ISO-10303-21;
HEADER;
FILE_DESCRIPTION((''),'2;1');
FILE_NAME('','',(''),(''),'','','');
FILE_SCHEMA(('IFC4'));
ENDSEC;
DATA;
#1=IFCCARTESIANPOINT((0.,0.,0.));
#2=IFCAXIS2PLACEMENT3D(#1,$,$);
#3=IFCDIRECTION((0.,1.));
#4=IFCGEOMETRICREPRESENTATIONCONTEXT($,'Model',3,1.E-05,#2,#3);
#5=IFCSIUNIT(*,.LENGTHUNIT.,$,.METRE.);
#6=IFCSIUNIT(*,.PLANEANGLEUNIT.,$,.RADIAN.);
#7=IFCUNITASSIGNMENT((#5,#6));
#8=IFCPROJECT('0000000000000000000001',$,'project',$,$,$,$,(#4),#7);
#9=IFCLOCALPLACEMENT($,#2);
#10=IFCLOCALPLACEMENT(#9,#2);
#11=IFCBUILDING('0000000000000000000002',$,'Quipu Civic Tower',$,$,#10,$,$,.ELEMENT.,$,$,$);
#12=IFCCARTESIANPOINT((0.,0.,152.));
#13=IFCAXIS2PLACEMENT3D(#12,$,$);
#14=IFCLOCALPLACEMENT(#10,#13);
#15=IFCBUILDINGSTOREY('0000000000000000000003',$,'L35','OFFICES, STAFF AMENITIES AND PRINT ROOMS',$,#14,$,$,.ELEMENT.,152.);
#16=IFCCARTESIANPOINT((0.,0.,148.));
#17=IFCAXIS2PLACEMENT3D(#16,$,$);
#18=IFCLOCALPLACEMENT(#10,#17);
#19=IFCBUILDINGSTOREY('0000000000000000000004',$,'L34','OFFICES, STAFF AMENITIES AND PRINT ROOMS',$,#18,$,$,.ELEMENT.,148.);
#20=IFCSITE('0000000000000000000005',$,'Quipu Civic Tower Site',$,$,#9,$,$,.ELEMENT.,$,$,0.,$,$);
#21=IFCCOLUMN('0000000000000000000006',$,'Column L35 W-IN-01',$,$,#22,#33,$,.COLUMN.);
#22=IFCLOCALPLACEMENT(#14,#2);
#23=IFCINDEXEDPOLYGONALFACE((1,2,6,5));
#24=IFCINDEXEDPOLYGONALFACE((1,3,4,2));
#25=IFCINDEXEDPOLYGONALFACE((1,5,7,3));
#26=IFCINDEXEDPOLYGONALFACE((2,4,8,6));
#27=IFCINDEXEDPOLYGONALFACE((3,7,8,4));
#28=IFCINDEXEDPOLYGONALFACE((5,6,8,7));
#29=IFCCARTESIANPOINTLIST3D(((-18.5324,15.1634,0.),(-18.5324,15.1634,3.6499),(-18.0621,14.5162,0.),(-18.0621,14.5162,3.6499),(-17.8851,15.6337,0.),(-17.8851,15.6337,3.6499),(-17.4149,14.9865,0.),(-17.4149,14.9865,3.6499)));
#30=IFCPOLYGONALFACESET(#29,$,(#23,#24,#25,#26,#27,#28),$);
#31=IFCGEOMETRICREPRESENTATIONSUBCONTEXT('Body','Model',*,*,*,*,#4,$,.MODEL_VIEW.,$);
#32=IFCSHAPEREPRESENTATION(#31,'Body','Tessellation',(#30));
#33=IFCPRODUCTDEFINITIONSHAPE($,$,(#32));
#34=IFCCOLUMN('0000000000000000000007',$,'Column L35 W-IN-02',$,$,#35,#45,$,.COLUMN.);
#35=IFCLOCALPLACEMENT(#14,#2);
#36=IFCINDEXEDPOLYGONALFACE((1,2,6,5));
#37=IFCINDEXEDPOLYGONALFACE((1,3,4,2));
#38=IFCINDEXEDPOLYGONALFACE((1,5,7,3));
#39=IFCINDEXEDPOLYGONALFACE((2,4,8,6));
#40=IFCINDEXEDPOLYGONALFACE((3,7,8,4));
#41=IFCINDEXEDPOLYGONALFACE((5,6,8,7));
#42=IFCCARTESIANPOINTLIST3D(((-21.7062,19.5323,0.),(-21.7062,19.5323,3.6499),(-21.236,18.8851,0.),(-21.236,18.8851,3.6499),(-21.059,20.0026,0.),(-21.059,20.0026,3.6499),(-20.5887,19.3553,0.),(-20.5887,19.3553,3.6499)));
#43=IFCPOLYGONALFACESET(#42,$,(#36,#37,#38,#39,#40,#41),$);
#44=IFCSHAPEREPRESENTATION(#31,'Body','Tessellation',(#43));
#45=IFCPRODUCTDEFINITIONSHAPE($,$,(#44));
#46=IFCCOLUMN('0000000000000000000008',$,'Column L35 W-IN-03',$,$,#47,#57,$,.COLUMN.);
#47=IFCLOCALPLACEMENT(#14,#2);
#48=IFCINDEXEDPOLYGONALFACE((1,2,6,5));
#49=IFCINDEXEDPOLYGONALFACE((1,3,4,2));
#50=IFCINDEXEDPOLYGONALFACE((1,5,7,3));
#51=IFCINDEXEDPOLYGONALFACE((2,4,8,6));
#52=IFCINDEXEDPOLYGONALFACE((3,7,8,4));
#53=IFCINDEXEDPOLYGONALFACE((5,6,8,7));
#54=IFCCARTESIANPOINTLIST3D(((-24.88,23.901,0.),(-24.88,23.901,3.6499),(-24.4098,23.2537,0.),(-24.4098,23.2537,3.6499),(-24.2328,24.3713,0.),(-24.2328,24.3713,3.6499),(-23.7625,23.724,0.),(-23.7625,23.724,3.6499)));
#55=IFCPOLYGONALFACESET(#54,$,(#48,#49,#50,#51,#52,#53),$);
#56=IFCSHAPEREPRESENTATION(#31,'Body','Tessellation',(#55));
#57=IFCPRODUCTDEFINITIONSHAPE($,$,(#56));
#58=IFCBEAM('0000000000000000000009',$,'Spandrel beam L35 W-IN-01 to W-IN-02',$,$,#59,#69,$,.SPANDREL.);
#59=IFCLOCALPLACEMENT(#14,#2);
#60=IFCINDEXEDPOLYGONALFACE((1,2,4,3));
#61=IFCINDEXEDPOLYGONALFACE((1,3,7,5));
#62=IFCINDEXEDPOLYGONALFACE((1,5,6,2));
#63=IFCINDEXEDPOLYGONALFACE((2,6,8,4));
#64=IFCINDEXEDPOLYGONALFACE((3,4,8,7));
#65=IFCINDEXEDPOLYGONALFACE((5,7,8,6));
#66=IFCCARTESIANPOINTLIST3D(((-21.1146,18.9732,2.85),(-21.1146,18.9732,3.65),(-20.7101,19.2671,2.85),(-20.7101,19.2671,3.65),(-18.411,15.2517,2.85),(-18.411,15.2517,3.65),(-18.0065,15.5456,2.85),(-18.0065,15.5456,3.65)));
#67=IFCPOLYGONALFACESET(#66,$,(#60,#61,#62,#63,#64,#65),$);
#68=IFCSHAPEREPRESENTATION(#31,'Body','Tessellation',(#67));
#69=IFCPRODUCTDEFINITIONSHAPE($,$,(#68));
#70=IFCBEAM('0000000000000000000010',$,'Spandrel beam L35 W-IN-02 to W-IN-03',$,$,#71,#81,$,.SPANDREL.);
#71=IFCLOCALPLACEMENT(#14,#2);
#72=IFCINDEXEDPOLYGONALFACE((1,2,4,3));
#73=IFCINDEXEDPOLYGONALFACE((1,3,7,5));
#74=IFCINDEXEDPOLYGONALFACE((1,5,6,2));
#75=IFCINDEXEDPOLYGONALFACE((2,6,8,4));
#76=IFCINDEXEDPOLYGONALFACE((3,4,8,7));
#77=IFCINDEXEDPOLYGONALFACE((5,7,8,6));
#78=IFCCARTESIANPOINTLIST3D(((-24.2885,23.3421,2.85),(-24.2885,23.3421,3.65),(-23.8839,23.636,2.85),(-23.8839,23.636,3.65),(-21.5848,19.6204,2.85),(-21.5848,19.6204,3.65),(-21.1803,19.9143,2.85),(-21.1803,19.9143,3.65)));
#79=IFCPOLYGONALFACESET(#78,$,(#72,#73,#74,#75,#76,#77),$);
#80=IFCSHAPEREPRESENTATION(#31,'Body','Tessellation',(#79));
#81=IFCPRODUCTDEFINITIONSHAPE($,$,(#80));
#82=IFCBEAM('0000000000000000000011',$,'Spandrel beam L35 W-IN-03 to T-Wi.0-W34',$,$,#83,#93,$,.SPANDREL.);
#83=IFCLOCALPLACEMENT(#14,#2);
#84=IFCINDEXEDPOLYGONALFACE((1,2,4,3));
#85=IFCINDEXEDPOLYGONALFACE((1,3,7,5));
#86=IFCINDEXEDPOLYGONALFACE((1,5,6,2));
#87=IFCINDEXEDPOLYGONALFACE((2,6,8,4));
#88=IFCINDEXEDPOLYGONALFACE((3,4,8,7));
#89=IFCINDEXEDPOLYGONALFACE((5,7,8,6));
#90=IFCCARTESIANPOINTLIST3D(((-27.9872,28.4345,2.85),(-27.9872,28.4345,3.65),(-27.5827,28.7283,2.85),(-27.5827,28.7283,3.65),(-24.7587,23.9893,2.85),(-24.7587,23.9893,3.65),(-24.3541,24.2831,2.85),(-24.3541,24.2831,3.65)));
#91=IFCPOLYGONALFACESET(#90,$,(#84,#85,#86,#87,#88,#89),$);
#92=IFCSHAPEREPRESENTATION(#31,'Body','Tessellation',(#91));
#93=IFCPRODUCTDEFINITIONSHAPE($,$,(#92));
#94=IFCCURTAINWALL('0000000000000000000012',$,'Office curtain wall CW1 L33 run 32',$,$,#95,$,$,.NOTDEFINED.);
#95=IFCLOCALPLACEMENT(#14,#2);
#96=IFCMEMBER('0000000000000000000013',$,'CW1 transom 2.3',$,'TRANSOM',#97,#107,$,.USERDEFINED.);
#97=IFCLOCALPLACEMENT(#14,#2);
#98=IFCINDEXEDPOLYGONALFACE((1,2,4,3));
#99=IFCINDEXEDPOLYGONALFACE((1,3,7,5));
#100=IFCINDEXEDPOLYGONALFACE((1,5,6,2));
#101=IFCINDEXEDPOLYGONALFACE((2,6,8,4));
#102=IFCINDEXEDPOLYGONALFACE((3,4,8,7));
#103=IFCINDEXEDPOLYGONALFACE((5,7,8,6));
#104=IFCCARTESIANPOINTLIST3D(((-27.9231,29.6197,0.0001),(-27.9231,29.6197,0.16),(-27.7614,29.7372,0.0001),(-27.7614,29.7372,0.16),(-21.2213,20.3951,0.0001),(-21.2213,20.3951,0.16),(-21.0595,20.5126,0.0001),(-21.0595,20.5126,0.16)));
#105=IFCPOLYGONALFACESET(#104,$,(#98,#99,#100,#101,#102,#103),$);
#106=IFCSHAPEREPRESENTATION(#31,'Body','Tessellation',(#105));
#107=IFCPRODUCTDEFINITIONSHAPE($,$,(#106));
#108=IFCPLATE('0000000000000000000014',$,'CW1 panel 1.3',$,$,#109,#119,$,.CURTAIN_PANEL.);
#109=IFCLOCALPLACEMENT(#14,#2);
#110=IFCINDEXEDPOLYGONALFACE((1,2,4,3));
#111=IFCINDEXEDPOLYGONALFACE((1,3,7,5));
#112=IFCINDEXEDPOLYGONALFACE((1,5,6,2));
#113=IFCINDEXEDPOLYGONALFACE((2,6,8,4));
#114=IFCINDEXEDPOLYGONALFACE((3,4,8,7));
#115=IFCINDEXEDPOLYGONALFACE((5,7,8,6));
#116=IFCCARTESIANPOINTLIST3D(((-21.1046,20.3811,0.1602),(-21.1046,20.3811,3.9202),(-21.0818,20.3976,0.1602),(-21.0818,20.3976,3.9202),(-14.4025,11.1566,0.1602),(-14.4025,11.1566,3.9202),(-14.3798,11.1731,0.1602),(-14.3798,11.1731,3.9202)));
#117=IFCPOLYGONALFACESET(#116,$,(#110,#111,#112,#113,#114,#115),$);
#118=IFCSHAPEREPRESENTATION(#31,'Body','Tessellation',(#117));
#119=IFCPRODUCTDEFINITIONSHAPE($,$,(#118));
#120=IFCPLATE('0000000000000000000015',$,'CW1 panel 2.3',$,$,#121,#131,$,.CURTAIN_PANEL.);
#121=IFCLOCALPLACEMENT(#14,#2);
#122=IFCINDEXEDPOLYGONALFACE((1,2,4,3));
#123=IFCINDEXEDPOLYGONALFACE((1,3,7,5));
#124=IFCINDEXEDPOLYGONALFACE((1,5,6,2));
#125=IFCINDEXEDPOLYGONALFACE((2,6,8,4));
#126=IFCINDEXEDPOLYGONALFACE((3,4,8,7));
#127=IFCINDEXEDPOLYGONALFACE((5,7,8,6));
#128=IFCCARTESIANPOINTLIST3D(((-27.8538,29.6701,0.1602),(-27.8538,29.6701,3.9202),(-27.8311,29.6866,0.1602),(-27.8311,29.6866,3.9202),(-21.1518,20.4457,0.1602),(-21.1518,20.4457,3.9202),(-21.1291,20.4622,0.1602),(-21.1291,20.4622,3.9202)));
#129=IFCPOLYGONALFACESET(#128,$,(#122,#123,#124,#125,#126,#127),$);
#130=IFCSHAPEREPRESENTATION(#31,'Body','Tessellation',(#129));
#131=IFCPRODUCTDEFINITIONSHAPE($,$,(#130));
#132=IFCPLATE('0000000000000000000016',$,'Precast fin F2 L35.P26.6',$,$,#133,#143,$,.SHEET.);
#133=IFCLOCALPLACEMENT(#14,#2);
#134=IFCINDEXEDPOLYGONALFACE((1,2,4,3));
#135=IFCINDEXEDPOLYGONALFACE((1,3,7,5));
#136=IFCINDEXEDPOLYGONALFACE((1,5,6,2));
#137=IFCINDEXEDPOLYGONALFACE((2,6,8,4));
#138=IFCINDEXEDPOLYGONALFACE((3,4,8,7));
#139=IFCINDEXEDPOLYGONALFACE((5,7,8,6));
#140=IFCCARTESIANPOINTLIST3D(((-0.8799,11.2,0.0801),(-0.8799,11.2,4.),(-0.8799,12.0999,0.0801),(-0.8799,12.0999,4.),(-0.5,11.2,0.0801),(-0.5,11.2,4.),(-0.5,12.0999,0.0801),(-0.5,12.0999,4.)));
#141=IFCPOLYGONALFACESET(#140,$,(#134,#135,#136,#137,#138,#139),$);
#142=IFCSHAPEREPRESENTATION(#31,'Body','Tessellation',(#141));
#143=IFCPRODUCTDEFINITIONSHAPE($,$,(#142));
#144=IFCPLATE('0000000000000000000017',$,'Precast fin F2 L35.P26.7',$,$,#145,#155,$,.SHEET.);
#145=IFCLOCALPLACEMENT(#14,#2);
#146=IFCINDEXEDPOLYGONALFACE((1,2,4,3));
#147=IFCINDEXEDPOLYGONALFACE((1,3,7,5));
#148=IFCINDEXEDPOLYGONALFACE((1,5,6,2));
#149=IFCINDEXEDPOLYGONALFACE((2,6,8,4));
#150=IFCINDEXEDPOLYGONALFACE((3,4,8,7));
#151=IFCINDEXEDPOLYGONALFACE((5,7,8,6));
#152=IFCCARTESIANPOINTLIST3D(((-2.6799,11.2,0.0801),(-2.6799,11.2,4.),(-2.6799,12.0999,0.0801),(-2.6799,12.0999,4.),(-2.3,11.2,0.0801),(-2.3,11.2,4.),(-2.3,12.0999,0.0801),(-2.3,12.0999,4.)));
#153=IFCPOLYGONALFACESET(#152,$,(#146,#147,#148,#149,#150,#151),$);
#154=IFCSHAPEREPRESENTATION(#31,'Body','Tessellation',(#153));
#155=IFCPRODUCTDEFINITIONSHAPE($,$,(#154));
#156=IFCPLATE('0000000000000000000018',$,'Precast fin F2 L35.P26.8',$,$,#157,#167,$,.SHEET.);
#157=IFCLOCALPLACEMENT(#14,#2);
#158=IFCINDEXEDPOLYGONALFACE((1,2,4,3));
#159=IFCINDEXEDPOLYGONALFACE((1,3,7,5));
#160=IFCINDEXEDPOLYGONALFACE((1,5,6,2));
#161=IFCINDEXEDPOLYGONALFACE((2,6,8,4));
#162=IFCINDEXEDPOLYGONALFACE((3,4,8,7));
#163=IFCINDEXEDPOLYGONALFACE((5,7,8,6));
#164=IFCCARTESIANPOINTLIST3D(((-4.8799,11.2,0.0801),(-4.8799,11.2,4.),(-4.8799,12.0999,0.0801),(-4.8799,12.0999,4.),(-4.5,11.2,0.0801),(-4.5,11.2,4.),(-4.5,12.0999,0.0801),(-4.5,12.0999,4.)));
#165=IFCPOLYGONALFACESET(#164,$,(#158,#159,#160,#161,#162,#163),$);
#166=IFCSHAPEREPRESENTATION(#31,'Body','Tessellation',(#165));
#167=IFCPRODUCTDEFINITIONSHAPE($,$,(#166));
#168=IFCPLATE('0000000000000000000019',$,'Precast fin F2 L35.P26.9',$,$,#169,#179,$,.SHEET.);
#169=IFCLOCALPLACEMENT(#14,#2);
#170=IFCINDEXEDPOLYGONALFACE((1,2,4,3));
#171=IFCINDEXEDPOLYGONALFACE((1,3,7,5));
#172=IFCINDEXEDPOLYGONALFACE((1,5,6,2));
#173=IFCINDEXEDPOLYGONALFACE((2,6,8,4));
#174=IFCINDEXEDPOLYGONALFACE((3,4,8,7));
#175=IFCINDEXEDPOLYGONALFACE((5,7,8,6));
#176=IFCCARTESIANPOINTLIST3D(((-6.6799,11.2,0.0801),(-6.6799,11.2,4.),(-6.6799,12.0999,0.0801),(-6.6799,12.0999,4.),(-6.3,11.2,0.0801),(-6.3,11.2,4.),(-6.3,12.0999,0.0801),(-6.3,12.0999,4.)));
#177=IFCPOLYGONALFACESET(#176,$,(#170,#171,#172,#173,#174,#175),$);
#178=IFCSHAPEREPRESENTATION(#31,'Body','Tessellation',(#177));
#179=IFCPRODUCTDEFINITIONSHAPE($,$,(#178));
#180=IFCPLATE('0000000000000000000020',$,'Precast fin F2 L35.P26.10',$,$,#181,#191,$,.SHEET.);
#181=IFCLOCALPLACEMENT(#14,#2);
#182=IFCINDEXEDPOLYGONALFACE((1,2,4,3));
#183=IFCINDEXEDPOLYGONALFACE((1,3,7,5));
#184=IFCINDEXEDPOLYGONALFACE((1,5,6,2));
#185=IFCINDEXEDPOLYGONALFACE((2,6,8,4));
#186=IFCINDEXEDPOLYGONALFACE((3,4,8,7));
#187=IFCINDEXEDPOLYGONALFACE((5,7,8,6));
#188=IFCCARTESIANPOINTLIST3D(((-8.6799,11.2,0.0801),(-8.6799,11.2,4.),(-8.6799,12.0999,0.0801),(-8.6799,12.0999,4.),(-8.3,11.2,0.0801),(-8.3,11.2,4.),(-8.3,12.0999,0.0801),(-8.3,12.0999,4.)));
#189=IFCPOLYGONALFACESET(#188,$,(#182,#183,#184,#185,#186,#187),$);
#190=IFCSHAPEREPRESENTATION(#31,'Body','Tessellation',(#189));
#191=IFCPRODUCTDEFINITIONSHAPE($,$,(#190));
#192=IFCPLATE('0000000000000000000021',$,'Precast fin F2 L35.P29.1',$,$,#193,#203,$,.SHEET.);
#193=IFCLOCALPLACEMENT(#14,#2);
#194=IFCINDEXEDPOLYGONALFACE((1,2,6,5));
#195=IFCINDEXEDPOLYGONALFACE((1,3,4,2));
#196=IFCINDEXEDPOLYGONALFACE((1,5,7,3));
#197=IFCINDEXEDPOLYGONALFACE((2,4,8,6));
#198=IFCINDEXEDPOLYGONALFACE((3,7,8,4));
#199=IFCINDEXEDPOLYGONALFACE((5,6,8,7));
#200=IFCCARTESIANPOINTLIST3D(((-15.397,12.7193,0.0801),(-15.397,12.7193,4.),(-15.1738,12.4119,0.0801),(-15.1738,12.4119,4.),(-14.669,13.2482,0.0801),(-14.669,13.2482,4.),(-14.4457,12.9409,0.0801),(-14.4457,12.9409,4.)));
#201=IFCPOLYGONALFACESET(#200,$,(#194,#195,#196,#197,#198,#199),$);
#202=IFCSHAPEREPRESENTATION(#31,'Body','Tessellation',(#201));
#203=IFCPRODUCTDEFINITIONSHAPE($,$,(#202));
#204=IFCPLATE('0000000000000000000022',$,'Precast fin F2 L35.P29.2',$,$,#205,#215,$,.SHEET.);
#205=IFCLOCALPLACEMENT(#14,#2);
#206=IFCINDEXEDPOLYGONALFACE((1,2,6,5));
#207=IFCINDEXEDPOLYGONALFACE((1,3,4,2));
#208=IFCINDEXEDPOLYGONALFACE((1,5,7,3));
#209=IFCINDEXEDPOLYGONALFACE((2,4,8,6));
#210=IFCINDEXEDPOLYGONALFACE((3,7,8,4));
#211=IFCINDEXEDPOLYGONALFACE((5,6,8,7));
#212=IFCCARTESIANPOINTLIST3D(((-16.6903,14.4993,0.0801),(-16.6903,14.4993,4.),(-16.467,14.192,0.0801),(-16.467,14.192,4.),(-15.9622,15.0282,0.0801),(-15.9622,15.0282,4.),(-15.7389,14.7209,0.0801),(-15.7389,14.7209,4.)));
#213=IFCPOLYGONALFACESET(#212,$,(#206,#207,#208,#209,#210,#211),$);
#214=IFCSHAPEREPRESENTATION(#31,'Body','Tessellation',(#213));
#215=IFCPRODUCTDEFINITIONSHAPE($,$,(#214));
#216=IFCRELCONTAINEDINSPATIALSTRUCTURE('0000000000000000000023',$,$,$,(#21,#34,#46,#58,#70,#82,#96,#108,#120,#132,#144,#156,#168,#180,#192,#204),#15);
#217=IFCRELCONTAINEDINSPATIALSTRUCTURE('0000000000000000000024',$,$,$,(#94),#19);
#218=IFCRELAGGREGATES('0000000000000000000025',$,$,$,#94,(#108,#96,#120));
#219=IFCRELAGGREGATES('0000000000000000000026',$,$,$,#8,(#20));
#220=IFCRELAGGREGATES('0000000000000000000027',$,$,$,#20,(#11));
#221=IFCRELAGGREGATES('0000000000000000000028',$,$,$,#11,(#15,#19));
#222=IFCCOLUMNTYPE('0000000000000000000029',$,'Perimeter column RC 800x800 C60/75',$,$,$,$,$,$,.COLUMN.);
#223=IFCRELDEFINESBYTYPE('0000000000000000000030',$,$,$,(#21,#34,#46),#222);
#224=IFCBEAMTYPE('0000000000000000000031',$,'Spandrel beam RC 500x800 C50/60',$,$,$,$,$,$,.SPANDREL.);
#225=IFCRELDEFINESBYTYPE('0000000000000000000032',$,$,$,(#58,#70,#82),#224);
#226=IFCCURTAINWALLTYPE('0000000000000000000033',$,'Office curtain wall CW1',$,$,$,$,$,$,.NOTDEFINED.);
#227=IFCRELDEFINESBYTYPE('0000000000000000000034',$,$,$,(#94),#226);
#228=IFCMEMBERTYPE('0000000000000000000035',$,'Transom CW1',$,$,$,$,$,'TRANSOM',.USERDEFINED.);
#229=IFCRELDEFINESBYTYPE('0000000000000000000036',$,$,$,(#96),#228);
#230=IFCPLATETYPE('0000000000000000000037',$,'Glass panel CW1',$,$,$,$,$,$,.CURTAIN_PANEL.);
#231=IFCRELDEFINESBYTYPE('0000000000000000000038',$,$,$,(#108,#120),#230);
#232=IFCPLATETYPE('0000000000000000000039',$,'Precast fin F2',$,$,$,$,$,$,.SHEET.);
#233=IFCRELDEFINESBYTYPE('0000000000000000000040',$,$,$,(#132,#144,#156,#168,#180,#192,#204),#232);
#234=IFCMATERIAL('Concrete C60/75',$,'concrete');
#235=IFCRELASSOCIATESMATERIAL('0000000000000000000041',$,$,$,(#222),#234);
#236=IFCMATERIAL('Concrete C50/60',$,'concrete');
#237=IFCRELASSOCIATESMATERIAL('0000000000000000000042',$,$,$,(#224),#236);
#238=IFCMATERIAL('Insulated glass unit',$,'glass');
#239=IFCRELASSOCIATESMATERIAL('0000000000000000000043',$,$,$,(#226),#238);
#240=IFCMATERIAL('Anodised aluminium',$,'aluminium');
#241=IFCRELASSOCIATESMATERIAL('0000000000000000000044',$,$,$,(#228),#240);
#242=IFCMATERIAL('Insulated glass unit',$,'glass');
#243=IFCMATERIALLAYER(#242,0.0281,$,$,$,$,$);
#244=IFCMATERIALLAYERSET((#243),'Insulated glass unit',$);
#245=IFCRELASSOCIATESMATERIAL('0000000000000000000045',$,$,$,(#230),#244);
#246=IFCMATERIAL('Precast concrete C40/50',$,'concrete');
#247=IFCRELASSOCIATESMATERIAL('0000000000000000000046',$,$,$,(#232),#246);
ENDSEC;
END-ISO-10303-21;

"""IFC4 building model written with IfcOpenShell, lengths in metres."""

from ifc_helpers import new_model, si_unit, direction, frame, origin, origin_2d, place, context, subcontext, project, spatial, rectangle, extrude, material, layer, layer_set, material_profile, profile_set, type_object, element, aggregate, save


model = new_model("IFC4")

# Units and contexts
model_context = context("Model", 3, precision=1e-05, world=origin(), true_north=direction((0.0, 1.0)))
body_context = subcontext(model_context, "Body", "Model", "MODEL_VIEW")
ifc_project = project(units=[si_unit("LENGTHUNIT", "METRE"), si_unit("PLANEANGLEUNIT", "RADIAN")], contexts=[model_context])

# Site, building, storey
site_placement = place(None, origin())
site = spatial("IfcSite", under=ifc_project, at=site_placement, Name="Quipu Civic Tower Site", CompositionType="ELEMENT", RefElevation=0.0)
building_placement = place(site_placement, origin())
building = spatial("IfcBuilding", under=site, at=building_placement, Name="Quipu Civic Tower", CompositionType="ELEMENT")
storey_1_placement = place(building_placement, frame((0.0, 0.0, 152.0)))
storey_1 = spatial("IfcBuildingStorey", under=building, at=storey_1_placement, Name="L35", Description="OFFICES, STAFF AMENITIES AND PRINT ROOMS", CompositionType="ELEMENT", Elevation=152.0)

# Columns
ifc_material_1 = material(Name="Concrete C60/75", Category="concrete")
ifc_material_profile_1 = material_profile(ifc_material_1, rectangle(XDim=0.8, YDim=0.8, at=origin_2d()), Name="RC800x800")
ifc_profile_set_1 = profile_set([ifc_material_profile_1], Name="Concrete C60/75")
column_type = type_object("IfcColumnType", Name="Perimeter column RC 800x800 C60/75", PredefinedType="COLUMN", material=ifc_profile_set_1)
for number, where, z_axis, x_axis, name in (
    (1, (-17.9736, 15.075, 0.0), (0.0, 0.0, 1.0), (-0.587785, 0.809017, 0.0), "Column L35 W-IN-01"),
    (2, (-21.1475, 19.4438, 0.0), (0.0, 0.0, 1.0), (-0.587785, 0.809017, 0.0), "Column L35 W-IN-02"),
    (3, (-24.3213, 23.8125, 0.0), (0.0, 0.0, 1.0), (-0.587785, 0.809017, 0.0), "Column L35 W-IN-03"),
):
    element("IfcColumn", number, at=place(storey_1_placement, frame(where, z_axis=z_axis, x_axis=x_axis)), inside=storey_1, type_object=column_type, Name=name, PredefinedType="COLUMN", context=body_context, shape_type="SweptSolid", body=[
        extrude(rectangle(XDim=0.8, YDim=0.8, at=origin_2d()), origin(), (0.0, 0.0, 1.0), 3.6499),
    ])

# Beams
ifc_material_2 = material(Name="Concrete C50/60", Category="concrete")
ifc_material_profile_2 = material_profile(ifc_material_2, rectangle(XDim=0.5, YDim=0.8, at=origin_2d()), Name="RC500x800")
ifc_profile_set_2 = profile_set([ifc_material_profile_2], Name="Concrete C50/60")
beam_type = type_object("IfcBeamType", Name="Spandrel beam RC 500x800 C50/60", PredefinedType="SPANDREL", material=ifc_profile_set_2)
beam_1_placement = place(storey_1_placement, frame((-18.2087, 15.3987, 3.25), z_axis=(-0.587761, 0.809034, 0.0), x_axis=(-0.809034, -0.587761, 0.0)))
element("IfcBeam", 4, at=beam_1_placement, inside=storey_1, type_object=beam_type, Name="Spandrel beam L35 W-IN-01 to W-IN-02", PredefinedType="SPANDREL", context=body_context, shape_type="SweptSolid", body=[
    extrude(rectangle(XDim=0.5, YDim=0.8, at=origin_2d()), origin(), (0.0, 0.0, 1.0), 4.5999),
])
beam_2_placement = place(storey_1_placement, frame((-21.3826, 19.7673, 3.25), z_axis=(-0.587736, 0.809053, 0.0), x_axis=(-0.809053, -0.587736, 0.0)))
element("IfcBeam", 5, at=beam_2_placement, inside=storey_1, type_object=beam_type, Name="Spandrel beam L35 W-IN-02 to W-IN-03", PredefinedType="SPANDREL", context=body_context, shape_type="SweptSolid", body=[
    extrude(rectangle(XDim=0.5, YDim=0.8, at=origin_2d()), origin(), (0.0, 0.0, 1.0), 4.6001),
])
beam_3_placement = place(storey_1_placement, frame((-24.5564, 24.1362, 3.25), z_axis=(-0.587664, 0.809105, 0.0), x_axis=(-0.809105, -0.587664, 0.0)))
element("IfcBeam", 6, at=beam_3_placement, inside=storey_1, type_object=beam_type, Name="Spandrel beam L35 W-IN-03 to T-Wi.0-W34", PredefinedType="SPANDREL", context=body_context, shape_type="SweptSolid", body=[
    extrude(rectangle(XDim=0.5, YDim=0.8, at=origin_2d()), origin(), (0.0, 0.0, 1.0), 5.4939),
])

# Shared definitions
storey_2_placement = place(building_placement, frame((0.0, 0.0, 148.0)))
storey_2 = spatial("IfcBuildingStorey", under=building, at=storey_2_placement, Name="L34", Description="OFFICES, STAFF AMENITIES AND PRINT ROOMS", CompositionType="ELEMENT", Elevation=148.0)

# Curtain wall, member, plates
ifc_material_3 = material(Name="Insulated glass unit", Category="glass")
curtain_wall_type = type_object("IfcCurtainWallType", Name="Office curtain wall CW1", PredefinedType="NOTDEFINED", material=ifc_material_3)
curtain_wall_placement = place(storey_2_placement, origin())
curtain_wall = element("IfcCurtainWall", 7, at=curtain_wall_placement, inside=storey_2, type_object=curtain_wall_type, Name="Office curtain wall CW1 L33 run 32", PredefinedType="NOTDEFINED")
ifc_material_4 = material(Name="Anodised aluminium", Category="aluminium")
ifc_material_profile_3 = material_profile(ifc_material_4, rectangle(XDim=0.2, YDim=0.1599, at=origin_2d()), Name="RECT 200x160")
ifc_profile_set_3 = profile_set([ifc_material_profile_3], Name="Anodised aluminium")
member_type = type_object("IfcMemberType", Name="Transom CW1", ElementType="TRANSOM", PredefinedType="USERDEFINED", material=ifc_profile_set_3)
member_placement = place(storey_1_placement, frame((-21.1404, 20.4539, 0.0801), z_axis=(-0.587776, 0.809024, 0.0), x_axis=(-0.809024, -0.587776, 0.0)))
member = element("IfcMember", 8, at=member_placement, inside=storey_1, type_object=member_type, Name="CW1 transom 2.3", ObjectType="TRANSOM", PredefinedType="USERDEFINED", context=body_context, shape_type="SweptSolid", body=[
    extrude(rectangle(XDim=0.2, YDim=0.1599, at=origin_2d()), origin(), (0.0, 0.0, 1.0), 11.4021),
])
ifc_material_5 = material(Name="Insulated glass unit", Category="glass")
ifc_layer = layer(ifc_material_5, 0.0281)
ifc_layer_set = layer_set([ifc_layer], Name="Insulated glass unit")
plate_type_1 = type_object("IfcPlateType", Name="Glass panel CW1", PredefinedType="CURTAIN_PANEL", material=ifc_layer_set)
plate_1_placement = place(storey_1_placement, frame((-17.7422, 15.7771, 0.1602), z_axis=(0.0, 0.0, 1.0), x_axis=(-0.587789, 0.809014, 0.0)))
plate_1 = element("IfcPlate", 9, at=plate_1_placement, inside=storey_1, type_object=plate_type_1, Name="CW1 panel 1.3", PredefinedType="CURTAIN_PANEL", context=body_context, shape_type="SweptSolid", body=[
    extrude(rectangle(XDim=11.4021, YDim=0.0281, at=origin_2d()), origin(), (0.0, 0.0, 1.0), 3.76),
])
plate_2_placement = place(storey_1_placement, frame((-24.4915, 25.0662, 0.1602), z_axis=(0.0, 0.0, 1.0), x_axis=(-0.587789, 0.809014, 0.0)))
plate_2 = element("IfcPlate", 10, at=plate_2_placement, inside=storey_1, type_object=plate_type_1, Name="CW1 panel 2.3", PredefinedType="CURTAIN_PANEL", context=body_context, shape_type="SweptSolid", body=[
    extrude(rectangle(XDim=11.4021, YDim=0.0281, at=origin_2d()), origin(), (0.0, 0.0, 1.0), 3.76),
])
aggregate(curtain_wall, [plate_1, member, plate_2])

# Plates
ifc_material_6 = material(Name="Precast concrete C40/50", Category="concrete")
plate_type_2 = type_object("IfcPlateType", Name="Precast fin F2", PredefinedType="SHEET", material=ifc_material_6)
for number, where, z_axis, x_axis, name in (
    (11, (-0.6899, 11.6499, 0.0801), (0.0, 0.0, 1.0), (-1.0, 0.0, 0.0), "Precast fin F2 L35.P26.6"),
    (12, (-2.49, 11.6499, 0.0801), (0.0, 0.0, 1.0), (-1.0, 0.0, 0.0), "Precast fin F2 L35.P26.7"),
    (13, (-4.6899, 11.6499, 0.0801), (0.0, 0.0, 1.0), (-1.0, 0.0, 0.0), "Precast fin F2 L35.P26.8"),
    (14, (-6.49, 11.6499, 0.0801), (0.0, 0.0, 1.0), (-1.0, 0.0, 0.0), "Precast fin F2 L35.P26.9"),
    (15, (-8.49, 11.6499, 0.0801), (0.0, 0.0, 1.0), (-1.0, 0.0, 0.0), "Precast fin F2 L35.P26.10"),
    (16, (-14.9214, 12.8301, 0.0801), (0.0, 0.0, 1.0), (-0.587787, 0.809016, 0.0), "Precast fin F2 L35.P29.1"),
    (17, (-16.2146, 14.6101, 0.0801), (0.0, 0.0, 1.0), (-0.587787, 0.809016, 0.0), "Precast fin F2 L35.P29.2"),
):
    element("IfcPlate", number, at=place(storey_1_placement, frame(where, z_axis=z_axis, x_axis=x_axis)), inside=storey_1, type_object=plate_type_2, Name=name, PredefinedType="SHEET", context=body_context, shape_type="SweptSolid", body=[
        extrude(rectangle(XDim=0.3799, YDim=0.8999, at=origin_2d()), origin(), (0.0, 0.0, 1.0), 3.9199),
    ])

save(model, "model.ifc")
